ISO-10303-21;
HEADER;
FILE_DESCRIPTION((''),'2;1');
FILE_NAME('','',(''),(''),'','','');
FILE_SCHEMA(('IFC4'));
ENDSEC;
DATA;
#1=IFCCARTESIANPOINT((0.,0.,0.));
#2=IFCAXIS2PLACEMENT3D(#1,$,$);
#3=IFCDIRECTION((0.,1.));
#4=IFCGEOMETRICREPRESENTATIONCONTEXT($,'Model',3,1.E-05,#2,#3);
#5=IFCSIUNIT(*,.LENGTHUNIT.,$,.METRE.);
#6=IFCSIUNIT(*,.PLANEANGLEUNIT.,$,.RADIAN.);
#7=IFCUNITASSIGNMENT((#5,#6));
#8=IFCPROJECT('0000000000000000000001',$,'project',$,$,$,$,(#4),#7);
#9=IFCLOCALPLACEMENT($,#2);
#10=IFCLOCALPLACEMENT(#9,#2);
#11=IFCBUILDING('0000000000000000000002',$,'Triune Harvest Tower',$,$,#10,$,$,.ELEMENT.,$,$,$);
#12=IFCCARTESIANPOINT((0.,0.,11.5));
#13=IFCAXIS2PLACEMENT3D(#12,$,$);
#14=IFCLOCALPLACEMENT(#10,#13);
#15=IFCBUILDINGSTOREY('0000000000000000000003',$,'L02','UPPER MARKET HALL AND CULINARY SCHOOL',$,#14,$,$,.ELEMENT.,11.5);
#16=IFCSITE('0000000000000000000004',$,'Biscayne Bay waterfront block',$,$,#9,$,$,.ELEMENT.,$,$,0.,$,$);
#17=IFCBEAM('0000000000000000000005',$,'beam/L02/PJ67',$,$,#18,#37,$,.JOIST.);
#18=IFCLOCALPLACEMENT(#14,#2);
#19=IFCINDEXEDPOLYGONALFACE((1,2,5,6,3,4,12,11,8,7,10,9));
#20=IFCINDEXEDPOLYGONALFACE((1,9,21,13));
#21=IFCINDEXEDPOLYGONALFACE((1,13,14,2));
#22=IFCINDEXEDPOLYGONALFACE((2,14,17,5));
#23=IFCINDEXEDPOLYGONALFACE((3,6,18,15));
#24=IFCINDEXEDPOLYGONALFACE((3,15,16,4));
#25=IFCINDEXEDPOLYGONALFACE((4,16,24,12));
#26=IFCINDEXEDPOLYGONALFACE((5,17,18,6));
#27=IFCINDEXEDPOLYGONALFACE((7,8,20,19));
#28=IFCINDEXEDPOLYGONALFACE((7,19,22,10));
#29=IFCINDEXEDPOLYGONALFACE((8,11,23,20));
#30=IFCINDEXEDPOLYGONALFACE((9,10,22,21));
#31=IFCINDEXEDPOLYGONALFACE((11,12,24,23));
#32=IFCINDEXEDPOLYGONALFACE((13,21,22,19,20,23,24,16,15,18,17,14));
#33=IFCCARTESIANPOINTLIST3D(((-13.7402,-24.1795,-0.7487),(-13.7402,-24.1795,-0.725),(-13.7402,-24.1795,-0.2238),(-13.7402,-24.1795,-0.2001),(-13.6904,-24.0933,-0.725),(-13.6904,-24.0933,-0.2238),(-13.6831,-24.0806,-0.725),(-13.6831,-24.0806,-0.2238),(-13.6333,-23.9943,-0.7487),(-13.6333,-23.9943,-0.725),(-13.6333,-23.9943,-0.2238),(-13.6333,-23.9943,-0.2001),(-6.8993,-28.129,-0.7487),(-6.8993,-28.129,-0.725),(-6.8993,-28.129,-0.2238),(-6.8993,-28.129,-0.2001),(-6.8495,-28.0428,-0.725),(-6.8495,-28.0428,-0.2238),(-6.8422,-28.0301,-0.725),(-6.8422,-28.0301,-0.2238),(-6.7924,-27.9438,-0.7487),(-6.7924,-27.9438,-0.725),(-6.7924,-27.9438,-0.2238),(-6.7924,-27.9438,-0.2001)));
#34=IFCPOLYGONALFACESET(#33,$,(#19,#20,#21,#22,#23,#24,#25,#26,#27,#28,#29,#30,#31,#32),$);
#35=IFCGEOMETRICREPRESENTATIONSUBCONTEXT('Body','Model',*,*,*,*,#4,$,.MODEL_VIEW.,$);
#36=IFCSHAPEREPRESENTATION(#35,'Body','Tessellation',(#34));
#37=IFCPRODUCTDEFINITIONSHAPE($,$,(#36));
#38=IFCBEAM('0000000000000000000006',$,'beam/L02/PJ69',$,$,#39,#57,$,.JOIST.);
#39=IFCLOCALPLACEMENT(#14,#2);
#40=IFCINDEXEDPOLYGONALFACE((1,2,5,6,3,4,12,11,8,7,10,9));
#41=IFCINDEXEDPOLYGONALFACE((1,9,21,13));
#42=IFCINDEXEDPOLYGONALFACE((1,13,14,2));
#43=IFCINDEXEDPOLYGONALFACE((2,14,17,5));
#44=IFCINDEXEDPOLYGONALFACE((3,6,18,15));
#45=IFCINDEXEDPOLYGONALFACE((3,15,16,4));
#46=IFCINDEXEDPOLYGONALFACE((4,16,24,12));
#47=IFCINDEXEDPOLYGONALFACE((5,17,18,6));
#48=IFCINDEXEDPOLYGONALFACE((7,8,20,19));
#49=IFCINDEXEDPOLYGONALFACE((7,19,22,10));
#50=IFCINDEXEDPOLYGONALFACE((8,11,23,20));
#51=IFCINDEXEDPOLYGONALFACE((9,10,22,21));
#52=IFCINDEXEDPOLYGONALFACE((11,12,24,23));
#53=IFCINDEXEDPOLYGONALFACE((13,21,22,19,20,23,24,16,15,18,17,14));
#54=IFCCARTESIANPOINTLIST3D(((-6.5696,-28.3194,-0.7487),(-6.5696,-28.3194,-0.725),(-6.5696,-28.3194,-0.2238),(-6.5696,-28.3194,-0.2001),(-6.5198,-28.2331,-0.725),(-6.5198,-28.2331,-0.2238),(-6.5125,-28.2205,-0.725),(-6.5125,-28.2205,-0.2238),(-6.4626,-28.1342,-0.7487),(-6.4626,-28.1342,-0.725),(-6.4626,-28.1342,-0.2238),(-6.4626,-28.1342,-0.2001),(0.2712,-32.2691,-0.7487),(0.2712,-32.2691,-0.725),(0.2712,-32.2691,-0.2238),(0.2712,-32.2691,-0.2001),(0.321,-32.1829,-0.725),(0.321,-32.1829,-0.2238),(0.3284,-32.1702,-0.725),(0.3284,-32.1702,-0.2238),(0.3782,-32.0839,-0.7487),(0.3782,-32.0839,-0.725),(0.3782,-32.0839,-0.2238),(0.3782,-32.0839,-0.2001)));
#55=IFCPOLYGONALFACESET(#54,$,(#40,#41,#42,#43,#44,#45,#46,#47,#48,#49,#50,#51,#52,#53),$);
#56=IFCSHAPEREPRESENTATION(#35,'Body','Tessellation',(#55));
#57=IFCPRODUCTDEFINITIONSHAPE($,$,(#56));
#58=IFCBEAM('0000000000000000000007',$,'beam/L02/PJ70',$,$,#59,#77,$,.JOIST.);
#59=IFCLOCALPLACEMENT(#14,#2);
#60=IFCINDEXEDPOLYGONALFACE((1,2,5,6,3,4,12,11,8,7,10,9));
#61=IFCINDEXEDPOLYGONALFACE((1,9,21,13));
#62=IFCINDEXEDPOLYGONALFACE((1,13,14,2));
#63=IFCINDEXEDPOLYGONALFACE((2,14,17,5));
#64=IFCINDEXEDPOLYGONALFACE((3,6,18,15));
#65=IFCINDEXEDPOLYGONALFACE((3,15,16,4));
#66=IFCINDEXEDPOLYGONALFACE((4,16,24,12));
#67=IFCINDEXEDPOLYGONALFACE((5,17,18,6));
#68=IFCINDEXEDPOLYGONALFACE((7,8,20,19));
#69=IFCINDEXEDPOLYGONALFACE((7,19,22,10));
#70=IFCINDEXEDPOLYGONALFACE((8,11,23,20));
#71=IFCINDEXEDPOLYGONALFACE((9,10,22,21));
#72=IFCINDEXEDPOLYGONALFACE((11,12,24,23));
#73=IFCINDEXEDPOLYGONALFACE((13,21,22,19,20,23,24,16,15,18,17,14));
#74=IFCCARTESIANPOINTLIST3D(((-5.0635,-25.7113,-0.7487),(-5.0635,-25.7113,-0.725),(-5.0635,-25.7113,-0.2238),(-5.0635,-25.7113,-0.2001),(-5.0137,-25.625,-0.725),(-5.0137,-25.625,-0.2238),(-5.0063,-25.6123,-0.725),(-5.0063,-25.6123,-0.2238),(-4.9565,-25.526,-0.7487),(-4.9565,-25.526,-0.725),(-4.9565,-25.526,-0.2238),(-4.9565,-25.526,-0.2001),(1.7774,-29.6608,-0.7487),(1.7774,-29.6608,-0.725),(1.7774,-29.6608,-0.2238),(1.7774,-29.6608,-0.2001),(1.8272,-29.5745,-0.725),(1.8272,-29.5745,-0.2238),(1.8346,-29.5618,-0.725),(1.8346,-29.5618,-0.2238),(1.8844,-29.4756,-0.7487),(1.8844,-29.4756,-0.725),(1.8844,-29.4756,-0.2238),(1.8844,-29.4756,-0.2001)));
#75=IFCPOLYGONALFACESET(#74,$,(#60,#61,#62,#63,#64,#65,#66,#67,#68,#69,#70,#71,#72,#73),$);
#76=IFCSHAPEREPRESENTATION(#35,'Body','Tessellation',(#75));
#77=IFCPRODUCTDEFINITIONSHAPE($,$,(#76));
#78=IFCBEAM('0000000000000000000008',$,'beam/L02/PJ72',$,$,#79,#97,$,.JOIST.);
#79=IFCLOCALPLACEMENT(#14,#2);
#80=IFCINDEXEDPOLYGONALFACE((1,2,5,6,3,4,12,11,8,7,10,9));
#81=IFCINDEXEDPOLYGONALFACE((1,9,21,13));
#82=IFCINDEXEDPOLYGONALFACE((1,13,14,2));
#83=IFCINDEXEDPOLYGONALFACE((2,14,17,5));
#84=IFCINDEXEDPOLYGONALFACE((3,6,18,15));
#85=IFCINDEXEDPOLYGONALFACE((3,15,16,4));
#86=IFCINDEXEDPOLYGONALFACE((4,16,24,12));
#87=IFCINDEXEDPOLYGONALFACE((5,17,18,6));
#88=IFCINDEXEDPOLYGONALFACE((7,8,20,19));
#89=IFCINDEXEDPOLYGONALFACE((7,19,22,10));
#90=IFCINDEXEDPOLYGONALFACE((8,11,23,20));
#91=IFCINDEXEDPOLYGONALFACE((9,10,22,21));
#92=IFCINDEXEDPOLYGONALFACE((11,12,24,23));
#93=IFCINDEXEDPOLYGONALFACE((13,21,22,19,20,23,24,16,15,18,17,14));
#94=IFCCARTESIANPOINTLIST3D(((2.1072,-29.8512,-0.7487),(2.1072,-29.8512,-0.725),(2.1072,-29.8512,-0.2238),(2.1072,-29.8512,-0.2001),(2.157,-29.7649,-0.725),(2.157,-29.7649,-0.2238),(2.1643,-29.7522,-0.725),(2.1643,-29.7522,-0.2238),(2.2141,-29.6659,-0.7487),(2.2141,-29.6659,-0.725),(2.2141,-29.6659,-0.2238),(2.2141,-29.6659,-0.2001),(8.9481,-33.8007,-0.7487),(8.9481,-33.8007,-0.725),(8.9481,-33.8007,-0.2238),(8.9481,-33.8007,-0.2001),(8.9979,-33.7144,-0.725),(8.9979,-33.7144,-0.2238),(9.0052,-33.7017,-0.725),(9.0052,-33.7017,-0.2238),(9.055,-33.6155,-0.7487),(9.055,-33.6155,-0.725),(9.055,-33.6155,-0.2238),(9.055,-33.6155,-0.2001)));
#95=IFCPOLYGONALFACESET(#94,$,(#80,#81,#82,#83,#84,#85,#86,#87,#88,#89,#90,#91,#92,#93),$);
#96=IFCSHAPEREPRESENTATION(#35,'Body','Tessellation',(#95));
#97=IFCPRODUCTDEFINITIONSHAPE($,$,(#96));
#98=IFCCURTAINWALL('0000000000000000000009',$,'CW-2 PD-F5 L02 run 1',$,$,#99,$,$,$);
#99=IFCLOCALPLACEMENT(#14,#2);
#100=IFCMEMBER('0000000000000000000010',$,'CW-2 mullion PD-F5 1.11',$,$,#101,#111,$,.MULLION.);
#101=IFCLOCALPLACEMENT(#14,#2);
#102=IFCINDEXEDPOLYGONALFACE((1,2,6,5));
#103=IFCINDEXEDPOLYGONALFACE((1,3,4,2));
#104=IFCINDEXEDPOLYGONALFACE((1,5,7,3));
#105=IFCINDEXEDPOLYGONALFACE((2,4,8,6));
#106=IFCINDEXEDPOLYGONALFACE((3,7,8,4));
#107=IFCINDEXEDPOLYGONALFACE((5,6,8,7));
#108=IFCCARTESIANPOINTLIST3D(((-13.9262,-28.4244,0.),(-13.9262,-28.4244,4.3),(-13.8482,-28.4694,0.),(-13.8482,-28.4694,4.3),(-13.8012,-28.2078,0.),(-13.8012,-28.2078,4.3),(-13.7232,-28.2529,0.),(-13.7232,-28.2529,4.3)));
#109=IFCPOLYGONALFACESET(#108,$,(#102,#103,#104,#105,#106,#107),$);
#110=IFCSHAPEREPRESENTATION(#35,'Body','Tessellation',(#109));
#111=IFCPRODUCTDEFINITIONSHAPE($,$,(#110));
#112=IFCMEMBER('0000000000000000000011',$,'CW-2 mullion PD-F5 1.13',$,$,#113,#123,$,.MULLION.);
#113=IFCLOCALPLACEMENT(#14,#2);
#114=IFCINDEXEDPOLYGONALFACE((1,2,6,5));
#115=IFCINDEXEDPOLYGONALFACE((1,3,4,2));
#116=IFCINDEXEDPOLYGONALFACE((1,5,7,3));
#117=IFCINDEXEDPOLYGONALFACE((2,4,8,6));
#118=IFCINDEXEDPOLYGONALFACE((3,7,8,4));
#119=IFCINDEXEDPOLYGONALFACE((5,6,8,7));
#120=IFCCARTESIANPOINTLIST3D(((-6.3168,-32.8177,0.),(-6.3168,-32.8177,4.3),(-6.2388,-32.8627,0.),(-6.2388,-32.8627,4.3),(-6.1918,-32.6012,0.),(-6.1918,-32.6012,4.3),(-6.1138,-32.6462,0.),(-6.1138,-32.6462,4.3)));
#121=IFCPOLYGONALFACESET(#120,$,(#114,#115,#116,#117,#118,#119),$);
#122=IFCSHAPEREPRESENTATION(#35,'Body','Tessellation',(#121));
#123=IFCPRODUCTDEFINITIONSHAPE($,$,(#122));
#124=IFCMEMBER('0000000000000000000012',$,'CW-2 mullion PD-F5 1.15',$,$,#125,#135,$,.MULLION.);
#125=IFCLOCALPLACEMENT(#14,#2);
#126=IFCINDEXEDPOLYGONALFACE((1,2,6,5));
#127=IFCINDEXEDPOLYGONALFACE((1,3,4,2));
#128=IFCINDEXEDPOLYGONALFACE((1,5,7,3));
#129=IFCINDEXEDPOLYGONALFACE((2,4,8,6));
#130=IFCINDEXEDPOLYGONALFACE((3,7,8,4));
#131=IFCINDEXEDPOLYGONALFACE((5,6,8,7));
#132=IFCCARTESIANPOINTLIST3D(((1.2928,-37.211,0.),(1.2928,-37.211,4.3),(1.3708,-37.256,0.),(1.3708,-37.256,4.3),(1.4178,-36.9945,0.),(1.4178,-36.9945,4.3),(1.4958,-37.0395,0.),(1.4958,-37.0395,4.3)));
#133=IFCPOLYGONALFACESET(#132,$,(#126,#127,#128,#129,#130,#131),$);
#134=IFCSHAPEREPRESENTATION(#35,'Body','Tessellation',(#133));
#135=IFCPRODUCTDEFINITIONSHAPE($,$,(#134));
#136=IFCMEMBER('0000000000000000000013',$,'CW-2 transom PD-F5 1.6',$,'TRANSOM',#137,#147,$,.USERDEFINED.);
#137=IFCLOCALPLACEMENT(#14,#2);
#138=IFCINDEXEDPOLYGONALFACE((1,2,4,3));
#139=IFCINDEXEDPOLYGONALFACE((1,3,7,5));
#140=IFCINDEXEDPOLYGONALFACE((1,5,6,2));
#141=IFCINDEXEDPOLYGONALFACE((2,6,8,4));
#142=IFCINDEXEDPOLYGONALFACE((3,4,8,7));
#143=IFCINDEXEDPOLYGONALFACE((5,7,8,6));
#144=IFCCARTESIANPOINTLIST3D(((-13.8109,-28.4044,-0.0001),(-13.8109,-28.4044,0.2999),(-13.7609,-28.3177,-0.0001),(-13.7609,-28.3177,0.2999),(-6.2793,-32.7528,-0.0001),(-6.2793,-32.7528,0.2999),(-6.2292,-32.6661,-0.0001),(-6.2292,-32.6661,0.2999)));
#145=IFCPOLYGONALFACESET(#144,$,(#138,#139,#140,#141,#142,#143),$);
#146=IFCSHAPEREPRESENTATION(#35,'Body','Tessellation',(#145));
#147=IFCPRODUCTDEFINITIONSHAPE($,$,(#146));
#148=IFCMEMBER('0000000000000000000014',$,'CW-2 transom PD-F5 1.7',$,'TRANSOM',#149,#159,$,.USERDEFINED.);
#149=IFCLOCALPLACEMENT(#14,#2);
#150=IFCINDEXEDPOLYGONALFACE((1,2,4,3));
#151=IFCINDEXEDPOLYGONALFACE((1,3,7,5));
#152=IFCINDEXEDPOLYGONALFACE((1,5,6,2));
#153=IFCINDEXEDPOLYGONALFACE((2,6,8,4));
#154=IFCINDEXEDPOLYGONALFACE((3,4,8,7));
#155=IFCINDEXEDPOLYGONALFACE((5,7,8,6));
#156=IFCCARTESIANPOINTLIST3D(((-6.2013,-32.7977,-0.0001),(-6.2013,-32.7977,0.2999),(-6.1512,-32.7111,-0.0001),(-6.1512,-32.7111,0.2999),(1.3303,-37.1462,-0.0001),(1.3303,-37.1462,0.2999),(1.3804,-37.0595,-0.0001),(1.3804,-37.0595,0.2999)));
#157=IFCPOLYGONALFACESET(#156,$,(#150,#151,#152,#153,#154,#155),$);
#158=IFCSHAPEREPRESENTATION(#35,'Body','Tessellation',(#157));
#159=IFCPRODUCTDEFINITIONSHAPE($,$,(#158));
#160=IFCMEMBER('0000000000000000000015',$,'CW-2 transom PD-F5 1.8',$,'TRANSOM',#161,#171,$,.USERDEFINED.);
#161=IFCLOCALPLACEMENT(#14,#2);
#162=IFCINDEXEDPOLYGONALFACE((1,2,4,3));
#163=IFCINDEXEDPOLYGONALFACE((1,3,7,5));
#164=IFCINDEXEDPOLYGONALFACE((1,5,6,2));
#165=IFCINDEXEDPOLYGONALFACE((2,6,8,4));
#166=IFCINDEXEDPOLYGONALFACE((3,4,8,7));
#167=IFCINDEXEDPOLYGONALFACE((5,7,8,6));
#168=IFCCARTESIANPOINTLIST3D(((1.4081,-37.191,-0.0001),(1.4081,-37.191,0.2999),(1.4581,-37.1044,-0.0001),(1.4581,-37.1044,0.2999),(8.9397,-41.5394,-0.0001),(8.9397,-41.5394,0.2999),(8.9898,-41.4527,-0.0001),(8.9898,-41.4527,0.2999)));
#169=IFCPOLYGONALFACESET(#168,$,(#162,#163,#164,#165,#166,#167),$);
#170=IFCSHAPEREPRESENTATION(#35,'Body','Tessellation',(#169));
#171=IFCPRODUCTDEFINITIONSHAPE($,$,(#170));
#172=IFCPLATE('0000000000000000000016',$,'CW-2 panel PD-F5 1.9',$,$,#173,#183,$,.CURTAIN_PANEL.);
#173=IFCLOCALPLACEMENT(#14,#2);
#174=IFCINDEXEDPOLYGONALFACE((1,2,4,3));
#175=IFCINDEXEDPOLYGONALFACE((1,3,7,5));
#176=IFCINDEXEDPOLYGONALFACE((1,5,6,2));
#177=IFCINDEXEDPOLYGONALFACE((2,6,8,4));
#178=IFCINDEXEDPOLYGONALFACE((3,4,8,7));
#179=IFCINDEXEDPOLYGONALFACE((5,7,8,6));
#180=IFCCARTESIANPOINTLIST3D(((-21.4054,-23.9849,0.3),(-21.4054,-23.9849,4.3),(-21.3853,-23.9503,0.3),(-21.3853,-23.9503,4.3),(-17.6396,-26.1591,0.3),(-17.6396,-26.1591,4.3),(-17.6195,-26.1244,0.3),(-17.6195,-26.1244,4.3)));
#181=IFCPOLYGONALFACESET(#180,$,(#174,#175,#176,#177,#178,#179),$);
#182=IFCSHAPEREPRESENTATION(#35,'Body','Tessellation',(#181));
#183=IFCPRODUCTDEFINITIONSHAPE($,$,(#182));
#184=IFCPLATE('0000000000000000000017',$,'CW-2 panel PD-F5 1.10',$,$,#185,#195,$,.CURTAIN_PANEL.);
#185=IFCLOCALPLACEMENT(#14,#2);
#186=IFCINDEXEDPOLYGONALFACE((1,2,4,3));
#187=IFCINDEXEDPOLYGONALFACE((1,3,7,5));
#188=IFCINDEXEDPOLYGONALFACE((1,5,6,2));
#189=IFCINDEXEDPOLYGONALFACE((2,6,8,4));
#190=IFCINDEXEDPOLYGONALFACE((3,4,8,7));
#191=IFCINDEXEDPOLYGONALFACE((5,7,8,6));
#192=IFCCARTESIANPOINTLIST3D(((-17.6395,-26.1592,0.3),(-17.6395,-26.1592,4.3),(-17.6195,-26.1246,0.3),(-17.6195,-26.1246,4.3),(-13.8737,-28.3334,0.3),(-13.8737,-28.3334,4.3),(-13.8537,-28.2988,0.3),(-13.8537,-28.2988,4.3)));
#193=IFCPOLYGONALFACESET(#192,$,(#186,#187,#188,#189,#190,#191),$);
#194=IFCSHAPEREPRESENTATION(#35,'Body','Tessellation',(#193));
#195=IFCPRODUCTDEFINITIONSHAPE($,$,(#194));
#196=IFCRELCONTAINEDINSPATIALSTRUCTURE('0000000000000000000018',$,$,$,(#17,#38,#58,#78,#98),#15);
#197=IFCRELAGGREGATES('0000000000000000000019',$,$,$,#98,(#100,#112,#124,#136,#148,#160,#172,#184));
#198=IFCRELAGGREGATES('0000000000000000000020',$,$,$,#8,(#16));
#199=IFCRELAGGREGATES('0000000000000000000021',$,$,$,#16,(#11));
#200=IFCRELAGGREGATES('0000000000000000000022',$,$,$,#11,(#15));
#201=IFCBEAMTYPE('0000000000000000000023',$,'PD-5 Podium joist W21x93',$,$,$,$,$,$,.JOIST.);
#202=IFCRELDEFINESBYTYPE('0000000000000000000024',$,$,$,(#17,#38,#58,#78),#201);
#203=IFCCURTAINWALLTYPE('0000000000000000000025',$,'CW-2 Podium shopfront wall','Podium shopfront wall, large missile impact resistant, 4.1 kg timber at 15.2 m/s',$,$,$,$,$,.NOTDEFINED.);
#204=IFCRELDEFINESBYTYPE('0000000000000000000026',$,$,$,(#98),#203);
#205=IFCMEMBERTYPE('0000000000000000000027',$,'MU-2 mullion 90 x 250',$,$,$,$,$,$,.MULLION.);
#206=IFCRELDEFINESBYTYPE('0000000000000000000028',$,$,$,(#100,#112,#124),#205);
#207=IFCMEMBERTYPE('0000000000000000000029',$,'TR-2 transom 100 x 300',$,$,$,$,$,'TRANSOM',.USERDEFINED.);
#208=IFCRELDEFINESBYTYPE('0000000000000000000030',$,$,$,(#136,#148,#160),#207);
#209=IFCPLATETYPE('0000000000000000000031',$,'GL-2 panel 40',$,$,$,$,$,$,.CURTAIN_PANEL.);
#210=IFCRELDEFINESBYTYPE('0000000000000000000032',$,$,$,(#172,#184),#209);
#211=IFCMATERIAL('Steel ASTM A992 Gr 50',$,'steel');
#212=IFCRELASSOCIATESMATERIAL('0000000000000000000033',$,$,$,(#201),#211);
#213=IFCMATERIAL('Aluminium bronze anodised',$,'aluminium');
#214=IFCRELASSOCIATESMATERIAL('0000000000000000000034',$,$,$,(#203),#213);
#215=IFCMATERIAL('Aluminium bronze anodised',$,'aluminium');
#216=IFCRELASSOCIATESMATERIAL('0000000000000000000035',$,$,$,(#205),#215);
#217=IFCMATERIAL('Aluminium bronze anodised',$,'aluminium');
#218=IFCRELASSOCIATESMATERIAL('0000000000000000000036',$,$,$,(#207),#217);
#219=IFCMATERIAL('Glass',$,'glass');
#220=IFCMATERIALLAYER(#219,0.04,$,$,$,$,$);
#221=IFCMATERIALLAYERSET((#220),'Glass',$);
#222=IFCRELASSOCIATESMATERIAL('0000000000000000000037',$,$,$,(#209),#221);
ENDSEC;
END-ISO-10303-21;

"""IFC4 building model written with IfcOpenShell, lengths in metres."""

from ifc_helpers import new_model, si_unit, direction, frame, origin, origin_2d, place, context, subcontext, project, spatial, rectangle, i_section, extrude, source, transform, mapped, material, layer, layer_set, material_profile, profile_set, type_object, element, aggregate, save


model = new_model("IFC4")

# Units and contexts
model_context = context("Model", 3, precision=1e-05, world=origin(), true_north=direction((0.0, 1.0)))
body_context = subcontext(model_context, "Body", "Model", "MODEL_VIEW")
ifc_project = project(units=[si_unit("LENGTHUNIT", "METRE"), si_unit("PLANEANGLEUNIT", "RADIAN")], contexts=[model_context])

# Site, building, storey
site_placement = place(None, origin())
site = spatial("IfcSite", under=ifc_project, at=site_placement, Name="Biscayne Bay waterfront block", CompositionType="ELEMENT", RefElevation=0.0)
building_placement = place(site_placement, origin())
building = spatial("IfcBuilding", under=site, at=building_placement, Name="Triune Harvest Tower", CompositionType="ELEMENT")
storey_placement = place(building_placement, frame((0.0, 0.0, 11.5)))
storey = spatial("IfcBuildingStorey", under=building, at=storey_placement, Name="L02", Description="UPPER MARKET HALL AND CULINARY SCHOOL", CompositionType="ELEMENT", Elevation=11.5)

# Beams
ifc_material_1 = material(Name="Steel ASTM A992 Gr 50", Category="steel")
ifc_material_profile_1 = material_profile(ifc_material_1, i_section(OverallWidth=0.2139, OverallDepth=0.5486, WebThickness=0.0146, FlangeThickness=0.0237, at=origin_2d()), Name="W21x93")
ifc_profile_set_1 = profile_set([ifc_material_profile_1], Name="Steel ASTM A992 Gr 50")
beam_type_1 = type_object("IfcBeamType", Name="PD-5 Podium joist W21x93", PredefinedType="JOIST", material=ifc_profile_set_1)
shared_shape_1 = source(origin(), body_context, "Body", "SweptSolid", [
    extrude(i_section(OverallWidth=0.2139, OverallDepth=0.5486, WebThickness=0.0146, FlangeThickness=0.0237, at=origin_2d()), origin(), (0.0, 0.0, 1.0), 7.8992),
])
for number, where, z_axis, x_axis, name in (
    (1, (-13.6868, -24.0869, -0.4744), (0.86603, -0.499992, 0.0), (0.499992, 0.86603, 0.0), "beam/L02/PJ67"),
    (2, (-6.5161, -28.2268, -0.4744), (0.866017, -0.500015, 0.0), (0.500015, 0.866017, 0.0), "beam/L02/PJ69"),
    (3, (-5.01, -25.6187, -0.4744), (0.86603, -0.499992, 0.0), (0.499992, 0.86603, 0.0), "beam/L02/PJ70"),
    (4, (2.1606, -29.7585, -0.4744), (0.86603, -0.499992, 0.0), (0.499992, 0.86603, 0.0), "beam/L02/PJ72"),
):
    element("IfcBeam", number, at=place(storey_placement, frame(where, z_axis=z_axis, x_axis=x_axis)), inside=storey, type_object=beam_type_1, Name=name, PredefinedType="JOIST", context=body_context, shape_type="MappedRepresentation", body=[
        mapped(shared_shape_1, transform((0.0, 0.0, 0.0), scale=1.0)),
    ])

# Curtain wall, members, plates
ifc_material_2 = material(Name="Aluminium bronze anodised", Category="aluminium")
curtain_wall_type = type_object("IfcCurtainWallType", Name="CW-2 Podium shopfront wall", Description="Podium shopfront wall, large missile impact resistant, 4.1 kg timber at 15.2 m/s", PredefinedType="NOTDEFINED", material=ifc_material_2)
curtain_wall_placement = place(storey_placement, origin())
curtain_wall = element("IfcCurtainWall", 5, at=curtain_wall_placement, inside=storey, type_object=curtain_wall_type, Name="CW-2 PD-F5 L02 run 1")
ifc_material_3 = material(Name="Aluminium bronze anodised", Category="aluminium")
ifc_material_profile_2 = material_profile(ifc_material_3, rectangle(XDim=0.25, YDim=0.0901, at=origin_2d()), Name="MU-2 mullion 90 x 250")
ifc_profile_set_2 = profile_set([ifc_material_profile_2], Name="Aluminium bronze anodised")
member_type_1 = type_object("IfcMemberType", Name="MU-2 mullion 90 x 250", PredefinedType="MULLION", material=ifc_profile_set_2)
shared_shape_2 = source(origin(), body_context, "Body", "SweptSolid", [
    extrude(rectangle(XDim=0.25, YDim=0.0901, at=origin_2d()), origin(), (0.0, 0.0, 1.0), 4.3),
])
member_1_placement = place(storey_placement, frame((-13.8247, -28.3386, 0.0), z_axis=(0.0, 0.0, 1.0), x_axis=(0.5, 0.866025, 0.0)))
member_1 = element("IfcMember", 6, at=member_1_placement, type_object=member_type_1, Name="CW-2 mullion PD-F5 1.11", PredefinedType="MULLION", context=body_context, shape_type="MappedRepresentation", body=[
    mapped(shared_shape_2, transform((0.0, 0.0, 0.0), scale=1.0)),
])
member_2_placement = place(storey_placement, frame((-6.2153, -32.7319, 0.0), z_axis=(0.0, 0.0, 1.0), x_axis=(0.5, 0.866025, 0.0)))
member_2 = element("IfcMember", 7, at=member_2_placement, type_object=member_type_1, Name="CW-2 mullion PD-F5 1.13", PredefinedType="MULLION", context=body_context, shape_type="MappedRepresentation", body=[
    mapped(shared_shape_2, transform((0.0, 0.0, 0.0), scale=1.0)),
])
member_3_placement = place(storey_placement, frame((1.3943, -37.1252, 0.0), z_axis=(0.0, 0.0, 1.0), x_axis=(0.5, 0.866025, 0.0)))
member_3 = element("IfcMember", 8, at=member_3_placement, type_object=member_type_1, Name="CW-2 mullion PD-F5 1.15", PredefinedType="MULLION", context=body_context, shape_type="MappedRepresentation", body=[
    mapped(shared_shape_2, transform((0.0, 0.0, 0.0), scale=1.0)),
])
ifc_material_4 = material(Name="Aluminium bronze anodised", Category="aluminium")
ifc_material_profile_3 = material_profile(ifc_material_4, rectangle(XDim=0.1001, YDim=0.3, at=origin_2d()), Name="TR-2 transom 100 x 300")
ifc_profile_set_3 = profile_set([ifc_material_profile_3], Name="Aluminium bronze anodised")
member_type_2 = type_object("IfcMemberType", Name="TR-2 transom 100 x 300", ElementType="TRANSOM", PredefinedType="USERDEFINED", material=ifc_profile_set_3)
shared_shape_3 = source(origin(), body_context, "Body", "SweptSolid", [
    extrude(rectangle(XDim=0.1001, YDim=0.3, at=origin_2d()), origin(), (0.0, 0.0, 1.0), 8.6968),
])
member_4_placement = place(storey_placement, frame((-13.7859, -28.3611, 0.1499), z_axis=(0.866029, -0.499995, 0.0), x_axis=(0.499995, 0.866029, 0.0)))
member_4 = element("IfcMember", 9, at=member_4_placement, type_object=member_type_2, Name="CW-2 transom PD-F5 1.6", ObjectType="TRANSOM", PredefinedType="USERDEFINED", context=body_context, shape_type="MappedRepresentation", body=[
    mapped(shared_shape_3, transform((0.0, 0.0, 0.0), scale=1.0)),
])
member_5_placement = place(storey_placement, frame((-6.1763, -32.7544, 0.1499), z_axis=(0.866021, -0.500007, 0.0), x_axis=(0.500007, 0.866021, 0.0)))
member_5 = element("IfcMember", 10, at=member_5_placement, type_object=member_type_2, Name="CW-2 transom PD-F5 1.7", ObjectType="TRANSOM", PredefinedType="USERDEFINED", context=body_context, shape_type="MappedRepresentation", body=[
    mapped(shared_shape_3, transform((0.0, 0.0, 0.0), scale=1.0)),
])
member_6_placement = place(storey_placement, frame((1.4331, -37.1477, 0.1499), z_axis=(0.866029, -0.499995, 0.0), x_axis=(0.499995, 0.866029, 0.0)))
member_6 = element("IfcMember", 11, at=member_6_placement, type_object=member_type_2, Name="CW-2 transom PD-F5 1.8", ObjectType="TRANSOM", PredefinedType="USERDEFINED", context=body_context, shape_type="MappedRepresentation", body=[
    mapped(shared_shape_3, transform((0.0, 0.0, 0.0), scale=1.0)),
])
ifc_material_5 = material(Name="Glass", Category="glass")
ifc_layer_1 = layer(ifc_material_5, 0.04)
ifc_layer_set_1 = layer_set([ifc_layer_1], Name="Glass")
plate_type = type_object("IfcPlateType", Name="GL-2 panel 40", PredefinedType="CURTAIN_PANEL", material=ifc_layer_set_1)
shared_shape_4 = source(origin(), body_context, "Body", "SweptSolid", [
    extrude(rectangle(XDim=4.3484, YDim=0.04, at=origin_2d()), origin(), (0.0, 0.0, 1.0), 4.0),
])
plate_1_placement = place(storey_placement, frame((-19.5125, -25.0547, 0.3), z_axis=(0.0, 0.0, 1.0), x_axis=(0.866025, -0.5, 0.0)))
plate_1 = element("IfcPlate", 12, at=plate_1_placement, type_object=plate_type, Name="CW-2 panel PD-F5 1.9", PredefinedType="CURTAIN_PANEL", context=body_context, shape_type="MappedRepresentation", body=[
    mapped(shared_shape_4, transform((0.0, 0.0, 0.0), scale=1.0)),
])
plate_2_placement = place(storey_placement, frame((-15.7466, -27.229, 0.3), z_axis=(0.0, 0.0, 1.0), x_axis=(0.866025, -0.5, 0.0)))
plate_2 = element("IfcPlate", 13, at=plate_2_placement, type_object=plate_type, Name="CW-2 panel PD-F5 1.10", PredefinedType="CURTAIN_PANEL", context=body_context, shape_type="MappedRepresentation", body=[
    mapped(shared_shape_4, transform((0.0, 0.0, 0.0), scale=1.0)),
])
aggregate(curtain_wall, [member_1, member_2, member_3, member_4, member_5, member_6, plate_1, plate_2])

save(model, "model.ifc")
